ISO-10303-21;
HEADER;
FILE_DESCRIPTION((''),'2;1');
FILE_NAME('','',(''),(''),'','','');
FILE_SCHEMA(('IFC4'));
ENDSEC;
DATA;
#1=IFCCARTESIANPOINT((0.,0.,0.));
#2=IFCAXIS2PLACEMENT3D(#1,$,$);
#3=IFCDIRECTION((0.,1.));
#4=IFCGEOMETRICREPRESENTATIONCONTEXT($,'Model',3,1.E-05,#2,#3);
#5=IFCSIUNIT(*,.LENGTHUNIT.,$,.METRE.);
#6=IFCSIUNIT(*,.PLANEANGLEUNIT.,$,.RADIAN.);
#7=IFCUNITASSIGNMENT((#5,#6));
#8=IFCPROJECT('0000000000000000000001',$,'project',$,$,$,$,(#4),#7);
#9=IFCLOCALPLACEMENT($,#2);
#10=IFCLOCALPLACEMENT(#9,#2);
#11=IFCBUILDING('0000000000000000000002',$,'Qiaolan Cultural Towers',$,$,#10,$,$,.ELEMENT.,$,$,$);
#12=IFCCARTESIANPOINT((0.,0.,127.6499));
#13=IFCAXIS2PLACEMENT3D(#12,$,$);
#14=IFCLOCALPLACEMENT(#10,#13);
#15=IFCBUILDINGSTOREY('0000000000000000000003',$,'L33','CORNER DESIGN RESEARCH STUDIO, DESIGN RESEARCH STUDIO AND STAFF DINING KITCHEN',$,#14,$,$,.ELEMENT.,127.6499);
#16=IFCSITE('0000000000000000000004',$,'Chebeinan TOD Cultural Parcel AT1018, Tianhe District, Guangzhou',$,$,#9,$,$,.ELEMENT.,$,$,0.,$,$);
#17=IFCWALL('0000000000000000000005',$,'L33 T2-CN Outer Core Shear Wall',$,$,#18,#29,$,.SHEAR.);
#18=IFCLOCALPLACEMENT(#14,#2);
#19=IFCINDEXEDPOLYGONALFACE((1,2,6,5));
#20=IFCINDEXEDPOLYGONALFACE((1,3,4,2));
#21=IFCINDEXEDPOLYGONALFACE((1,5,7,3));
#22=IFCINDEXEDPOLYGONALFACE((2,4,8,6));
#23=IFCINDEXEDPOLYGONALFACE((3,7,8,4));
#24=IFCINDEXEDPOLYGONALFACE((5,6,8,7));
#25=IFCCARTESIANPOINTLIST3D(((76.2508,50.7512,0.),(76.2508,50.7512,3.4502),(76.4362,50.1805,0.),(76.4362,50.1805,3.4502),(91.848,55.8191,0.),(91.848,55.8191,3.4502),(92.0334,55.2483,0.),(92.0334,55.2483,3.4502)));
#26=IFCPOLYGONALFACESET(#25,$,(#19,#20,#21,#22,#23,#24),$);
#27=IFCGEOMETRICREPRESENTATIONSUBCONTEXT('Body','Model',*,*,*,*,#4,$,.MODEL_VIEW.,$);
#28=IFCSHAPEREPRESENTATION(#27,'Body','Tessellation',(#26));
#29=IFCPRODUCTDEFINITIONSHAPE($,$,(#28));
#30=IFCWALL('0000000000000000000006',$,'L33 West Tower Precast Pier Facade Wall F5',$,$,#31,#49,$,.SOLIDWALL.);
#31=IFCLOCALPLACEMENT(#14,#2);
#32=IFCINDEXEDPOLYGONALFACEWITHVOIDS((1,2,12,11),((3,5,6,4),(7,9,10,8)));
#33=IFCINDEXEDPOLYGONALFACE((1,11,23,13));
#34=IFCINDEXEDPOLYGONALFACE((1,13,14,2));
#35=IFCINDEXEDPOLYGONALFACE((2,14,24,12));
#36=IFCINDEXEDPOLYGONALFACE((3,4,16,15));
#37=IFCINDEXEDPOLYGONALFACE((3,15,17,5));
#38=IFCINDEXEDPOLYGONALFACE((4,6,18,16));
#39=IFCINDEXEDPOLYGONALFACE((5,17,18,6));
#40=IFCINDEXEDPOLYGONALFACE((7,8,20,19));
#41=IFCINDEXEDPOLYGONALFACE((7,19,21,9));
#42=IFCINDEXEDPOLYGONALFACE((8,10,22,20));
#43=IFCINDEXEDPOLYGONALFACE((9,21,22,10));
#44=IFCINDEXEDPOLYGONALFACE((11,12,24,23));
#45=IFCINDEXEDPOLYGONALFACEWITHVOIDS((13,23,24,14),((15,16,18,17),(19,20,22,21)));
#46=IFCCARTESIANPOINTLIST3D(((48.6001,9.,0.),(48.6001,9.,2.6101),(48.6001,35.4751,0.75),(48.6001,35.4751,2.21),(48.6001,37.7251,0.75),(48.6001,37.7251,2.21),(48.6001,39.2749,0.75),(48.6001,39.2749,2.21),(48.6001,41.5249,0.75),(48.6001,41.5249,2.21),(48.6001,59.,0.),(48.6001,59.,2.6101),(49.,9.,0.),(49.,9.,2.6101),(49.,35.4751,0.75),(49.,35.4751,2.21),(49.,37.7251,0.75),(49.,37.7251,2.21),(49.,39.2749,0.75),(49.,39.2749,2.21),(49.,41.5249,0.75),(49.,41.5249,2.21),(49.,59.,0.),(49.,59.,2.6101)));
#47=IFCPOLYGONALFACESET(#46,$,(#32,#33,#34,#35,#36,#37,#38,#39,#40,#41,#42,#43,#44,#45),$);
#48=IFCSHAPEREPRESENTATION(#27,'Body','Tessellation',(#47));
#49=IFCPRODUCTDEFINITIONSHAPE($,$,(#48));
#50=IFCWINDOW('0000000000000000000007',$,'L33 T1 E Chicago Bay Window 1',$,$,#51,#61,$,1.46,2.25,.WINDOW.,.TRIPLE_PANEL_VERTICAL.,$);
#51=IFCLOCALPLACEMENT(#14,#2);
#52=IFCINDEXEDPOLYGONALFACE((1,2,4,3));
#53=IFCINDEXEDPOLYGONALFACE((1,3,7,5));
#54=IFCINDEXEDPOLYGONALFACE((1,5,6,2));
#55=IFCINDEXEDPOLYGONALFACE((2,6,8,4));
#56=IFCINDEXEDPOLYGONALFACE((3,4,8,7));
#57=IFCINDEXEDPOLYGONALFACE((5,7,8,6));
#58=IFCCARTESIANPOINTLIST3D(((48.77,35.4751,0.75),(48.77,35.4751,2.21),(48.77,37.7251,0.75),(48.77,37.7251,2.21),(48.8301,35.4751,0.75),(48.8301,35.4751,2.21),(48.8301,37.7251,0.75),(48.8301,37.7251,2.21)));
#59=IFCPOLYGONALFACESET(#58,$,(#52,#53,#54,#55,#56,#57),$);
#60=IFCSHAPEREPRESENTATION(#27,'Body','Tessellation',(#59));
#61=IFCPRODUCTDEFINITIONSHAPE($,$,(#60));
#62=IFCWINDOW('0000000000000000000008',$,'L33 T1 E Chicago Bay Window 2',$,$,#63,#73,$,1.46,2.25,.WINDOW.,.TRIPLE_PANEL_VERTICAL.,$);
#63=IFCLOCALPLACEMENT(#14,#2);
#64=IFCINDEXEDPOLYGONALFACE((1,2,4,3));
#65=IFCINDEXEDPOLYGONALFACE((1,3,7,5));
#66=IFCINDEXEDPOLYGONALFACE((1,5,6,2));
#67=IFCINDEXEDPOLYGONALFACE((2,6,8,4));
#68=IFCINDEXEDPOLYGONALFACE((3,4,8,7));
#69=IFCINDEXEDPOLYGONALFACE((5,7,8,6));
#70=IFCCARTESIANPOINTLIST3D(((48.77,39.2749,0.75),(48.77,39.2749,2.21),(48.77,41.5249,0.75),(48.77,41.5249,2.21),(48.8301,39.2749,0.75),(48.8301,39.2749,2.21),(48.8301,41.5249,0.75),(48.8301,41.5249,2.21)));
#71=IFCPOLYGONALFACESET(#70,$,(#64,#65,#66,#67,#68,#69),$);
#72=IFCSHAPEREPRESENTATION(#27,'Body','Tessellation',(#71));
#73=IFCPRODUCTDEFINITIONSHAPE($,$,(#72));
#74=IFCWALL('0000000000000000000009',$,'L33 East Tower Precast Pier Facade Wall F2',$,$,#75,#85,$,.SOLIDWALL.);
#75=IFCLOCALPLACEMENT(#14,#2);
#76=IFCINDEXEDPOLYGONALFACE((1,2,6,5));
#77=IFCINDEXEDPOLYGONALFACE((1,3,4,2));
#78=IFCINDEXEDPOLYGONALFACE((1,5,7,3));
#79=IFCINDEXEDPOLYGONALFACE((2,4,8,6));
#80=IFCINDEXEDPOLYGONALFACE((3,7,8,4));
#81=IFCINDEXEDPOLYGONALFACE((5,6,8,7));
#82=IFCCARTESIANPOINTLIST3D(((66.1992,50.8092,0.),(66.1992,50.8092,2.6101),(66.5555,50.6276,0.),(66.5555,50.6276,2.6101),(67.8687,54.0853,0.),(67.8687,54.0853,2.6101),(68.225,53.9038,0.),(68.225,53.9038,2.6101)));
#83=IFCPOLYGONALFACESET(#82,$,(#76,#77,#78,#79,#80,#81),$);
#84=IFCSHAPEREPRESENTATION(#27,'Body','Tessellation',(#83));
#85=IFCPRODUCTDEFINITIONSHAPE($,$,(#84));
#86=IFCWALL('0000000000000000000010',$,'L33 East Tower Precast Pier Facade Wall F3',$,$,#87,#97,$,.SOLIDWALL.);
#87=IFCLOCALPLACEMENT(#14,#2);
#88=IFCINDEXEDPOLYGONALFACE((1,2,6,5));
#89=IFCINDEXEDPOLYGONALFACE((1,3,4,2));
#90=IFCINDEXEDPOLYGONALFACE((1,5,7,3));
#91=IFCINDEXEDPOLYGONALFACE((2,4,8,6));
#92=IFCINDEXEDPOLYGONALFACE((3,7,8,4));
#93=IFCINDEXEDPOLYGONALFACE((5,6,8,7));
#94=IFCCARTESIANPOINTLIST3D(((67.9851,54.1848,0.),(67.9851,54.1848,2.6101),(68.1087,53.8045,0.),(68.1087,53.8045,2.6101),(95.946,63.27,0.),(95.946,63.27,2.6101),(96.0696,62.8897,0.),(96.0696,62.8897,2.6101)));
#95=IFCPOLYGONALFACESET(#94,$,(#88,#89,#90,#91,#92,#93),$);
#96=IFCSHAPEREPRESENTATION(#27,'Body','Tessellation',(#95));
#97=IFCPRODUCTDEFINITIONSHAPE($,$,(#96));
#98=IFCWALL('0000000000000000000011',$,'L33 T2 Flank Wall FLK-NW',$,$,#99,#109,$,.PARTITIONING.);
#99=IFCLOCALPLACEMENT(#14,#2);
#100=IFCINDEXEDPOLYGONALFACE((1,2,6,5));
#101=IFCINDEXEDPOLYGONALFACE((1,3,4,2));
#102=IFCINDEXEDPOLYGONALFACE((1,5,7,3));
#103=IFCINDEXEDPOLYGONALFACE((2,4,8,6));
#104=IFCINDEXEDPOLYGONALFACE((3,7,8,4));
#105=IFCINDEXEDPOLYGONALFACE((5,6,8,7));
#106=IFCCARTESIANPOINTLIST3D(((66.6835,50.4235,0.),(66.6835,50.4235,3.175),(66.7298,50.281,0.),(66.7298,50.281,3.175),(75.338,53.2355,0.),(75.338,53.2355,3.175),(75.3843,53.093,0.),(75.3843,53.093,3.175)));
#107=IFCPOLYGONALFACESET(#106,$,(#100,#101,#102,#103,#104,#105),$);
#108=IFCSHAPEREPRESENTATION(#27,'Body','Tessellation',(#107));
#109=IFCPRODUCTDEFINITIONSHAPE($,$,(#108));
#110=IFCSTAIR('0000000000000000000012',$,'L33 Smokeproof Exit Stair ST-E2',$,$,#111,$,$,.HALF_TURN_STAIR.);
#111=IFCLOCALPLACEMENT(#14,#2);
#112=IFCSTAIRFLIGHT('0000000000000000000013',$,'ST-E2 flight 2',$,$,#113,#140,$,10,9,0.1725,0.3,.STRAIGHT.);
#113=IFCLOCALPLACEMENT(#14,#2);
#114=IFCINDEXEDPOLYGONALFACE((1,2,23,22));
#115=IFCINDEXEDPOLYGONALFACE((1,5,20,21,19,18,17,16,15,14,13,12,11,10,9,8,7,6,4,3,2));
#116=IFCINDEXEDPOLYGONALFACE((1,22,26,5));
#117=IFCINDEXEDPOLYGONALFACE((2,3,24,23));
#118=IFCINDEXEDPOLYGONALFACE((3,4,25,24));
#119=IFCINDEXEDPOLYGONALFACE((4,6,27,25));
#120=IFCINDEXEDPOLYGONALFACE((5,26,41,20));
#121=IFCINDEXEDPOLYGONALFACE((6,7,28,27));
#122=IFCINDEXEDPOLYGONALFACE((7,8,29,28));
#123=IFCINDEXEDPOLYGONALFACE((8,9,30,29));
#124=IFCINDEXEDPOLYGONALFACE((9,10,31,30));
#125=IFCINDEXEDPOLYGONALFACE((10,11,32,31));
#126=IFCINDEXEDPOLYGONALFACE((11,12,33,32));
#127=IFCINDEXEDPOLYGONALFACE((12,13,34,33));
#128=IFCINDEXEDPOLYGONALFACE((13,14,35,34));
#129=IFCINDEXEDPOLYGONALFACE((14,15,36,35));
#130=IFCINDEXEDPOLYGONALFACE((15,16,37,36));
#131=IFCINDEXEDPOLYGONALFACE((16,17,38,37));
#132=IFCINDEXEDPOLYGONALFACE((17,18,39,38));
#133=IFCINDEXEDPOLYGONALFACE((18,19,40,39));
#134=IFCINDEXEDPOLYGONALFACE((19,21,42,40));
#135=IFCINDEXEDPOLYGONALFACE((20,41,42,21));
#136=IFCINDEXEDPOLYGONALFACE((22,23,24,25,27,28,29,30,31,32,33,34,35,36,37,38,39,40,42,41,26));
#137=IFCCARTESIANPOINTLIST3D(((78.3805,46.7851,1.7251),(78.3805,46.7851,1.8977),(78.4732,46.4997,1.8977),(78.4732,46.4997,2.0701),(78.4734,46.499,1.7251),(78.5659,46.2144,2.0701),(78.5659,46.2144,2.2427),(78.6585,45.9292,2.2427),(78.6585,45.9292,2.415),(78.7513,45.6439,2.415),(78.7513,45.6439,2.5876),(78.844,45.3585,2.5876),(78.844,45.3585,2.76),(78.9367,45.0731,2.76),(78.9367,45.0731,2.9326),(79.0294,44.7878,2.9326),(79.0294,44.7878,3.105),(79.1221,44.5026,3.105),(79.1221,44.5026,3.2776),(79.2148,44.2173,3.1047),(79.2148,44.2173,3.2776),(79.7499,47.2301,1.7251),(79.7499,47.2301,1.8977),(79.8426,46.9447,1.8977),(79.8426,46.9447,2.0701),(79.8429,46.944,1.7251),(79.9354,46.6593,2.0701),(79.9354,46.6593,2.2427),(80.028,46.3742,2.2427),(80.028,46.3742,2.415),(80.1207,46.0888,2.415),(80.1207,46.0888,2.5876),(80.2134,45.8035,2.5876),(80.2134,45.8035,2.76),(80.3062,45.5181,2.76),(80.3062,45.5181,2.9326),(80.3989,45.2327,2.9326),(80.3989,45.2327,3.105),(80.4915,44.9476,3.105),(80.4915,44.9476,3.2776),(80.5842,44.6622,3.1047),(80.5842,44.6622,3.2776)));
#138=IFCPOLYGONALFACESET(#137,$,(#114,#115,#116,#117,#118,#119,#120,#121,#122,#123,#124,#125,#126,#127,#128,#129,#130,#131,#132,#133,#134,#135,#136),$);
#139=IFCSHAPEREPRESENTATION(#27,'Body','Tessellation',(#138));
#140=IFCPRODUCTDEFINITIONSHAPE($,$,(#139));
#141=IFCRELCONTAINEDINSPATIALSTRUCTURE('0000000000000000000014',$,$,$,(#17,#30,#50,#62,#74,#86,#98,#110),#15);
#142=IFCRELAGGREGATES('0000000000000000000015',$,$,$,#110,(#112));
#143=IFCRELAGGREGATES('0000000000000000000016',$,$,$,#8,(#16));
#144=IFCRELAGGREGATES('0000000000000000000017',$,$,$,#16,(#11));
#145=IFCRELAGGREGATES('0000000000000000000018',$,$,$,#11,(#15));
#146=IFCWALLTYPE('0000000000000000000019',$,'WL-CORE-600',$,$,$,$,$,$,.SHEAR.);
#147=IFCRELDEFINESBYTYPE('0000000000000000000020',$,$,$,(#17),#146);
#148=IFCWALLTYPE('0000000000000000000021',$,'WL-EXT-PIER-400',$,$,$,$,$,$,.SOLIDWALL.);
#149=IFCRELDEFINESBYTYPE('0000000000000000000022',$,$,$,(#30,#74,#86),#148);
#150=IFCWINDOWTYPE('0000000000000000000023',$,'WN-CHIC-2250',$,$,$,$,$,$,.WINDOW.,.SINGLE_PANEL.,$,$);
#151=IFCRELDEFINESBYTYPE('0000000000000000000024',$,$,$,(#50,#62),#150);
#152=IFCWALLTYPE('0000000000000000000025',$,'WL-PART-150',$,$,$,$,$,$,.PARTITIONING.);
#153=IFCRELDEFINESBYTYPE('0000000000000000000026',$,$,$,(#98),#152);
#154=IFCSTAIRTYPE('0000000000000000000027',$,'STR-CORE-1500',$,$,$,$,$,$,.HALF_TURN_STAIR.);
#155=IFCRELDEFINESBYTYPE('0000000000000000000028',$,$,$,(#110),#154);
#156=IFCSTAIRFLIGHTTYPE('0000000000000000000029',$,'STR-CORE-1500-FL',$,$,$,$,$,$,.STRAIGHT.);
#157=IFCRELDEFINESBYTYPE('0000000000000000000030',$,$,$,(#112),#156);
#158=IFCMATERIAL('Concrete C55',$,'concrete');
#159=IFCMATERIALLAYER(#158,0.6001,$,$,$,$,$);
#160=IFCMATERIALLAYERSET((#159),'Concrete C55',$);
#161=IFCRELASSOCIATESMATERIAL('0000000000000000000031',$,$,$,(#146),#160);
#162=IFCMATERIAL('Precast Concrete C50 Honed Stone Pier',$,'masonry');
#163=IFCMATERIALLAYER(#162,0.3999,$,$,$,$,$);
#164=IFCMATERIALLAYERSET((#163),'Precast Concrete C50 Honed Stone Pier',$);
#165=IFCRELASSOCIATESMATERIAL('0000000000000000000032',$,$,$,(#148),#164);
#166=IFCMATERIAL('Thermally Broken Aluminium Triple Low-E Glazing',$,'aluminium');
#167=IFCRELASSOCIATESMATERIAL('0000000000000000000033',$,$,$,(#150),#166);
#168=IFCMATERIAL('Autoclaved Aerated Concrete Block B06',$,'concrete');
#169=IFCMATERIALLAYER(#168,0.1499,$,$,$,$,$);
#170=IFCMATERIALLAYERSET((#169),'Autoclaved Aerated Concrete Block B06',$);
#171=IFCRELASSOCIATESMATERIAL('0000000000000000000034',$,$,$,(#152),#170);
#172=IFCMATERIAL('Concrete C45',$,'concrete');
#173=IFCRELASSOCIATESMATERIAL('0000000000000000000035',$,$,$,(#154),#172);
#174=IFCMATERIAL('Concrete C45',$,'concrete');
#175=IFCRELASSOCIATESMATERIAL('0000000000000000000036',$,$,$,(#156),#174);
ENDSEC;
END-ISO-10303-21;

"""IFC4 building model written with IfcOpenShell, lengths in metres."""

from ifc_helpers import new_model, si_unit, direction, frame, frame_2d, origin, place, context, subcontext, project, spatial, polyline, rectangle, outline, extrude, material, layer, layer_set, type_object, element, fill, aggregate, save


model = new_model("IFC4")

# Units and contexts
model_context = context("Model", 3, precision=1e-05, world=origin(), true_north=direction((0.0, 1.0)))
body_context = subcontext(model_context, "Body", "Model", "MODEL_VIEW")
ifc_project = project(units=[si_unit("LENGTHUNIT", "METRE"), si_unit("PLANEANGLEUNIT", "RADIAN")], contexts=[model_context])

# Site, building, storey
site_placement = place(None, origin())
site = spatial("IfcSite", under=ifc_project, at=site_placement, Name="Chebeinan TOD Cultural Parcel AT1018, Tianhe District, Guangzhou", CompositionType="ELEMENT", RefElevation=0.0)
building_placement = place(site_placement, origin())
building = spatial("IfcBuilding", under=site, at=building_placement, Name="Qiaolan Cultural Towers", CompositionType="ELEMENT")
storey_placement = place(building_placement, frame((0.0, 0.0, 127.6499)))
storey = spatial("IfcBuildingStorey", under=building, at=storey_placement, Name="L33", Description="CORNER DESIGN RESEARCH STUDIO, DESIGN RESEARCH STUDIO AND STAFF DINING KITCHEN", CompositionType="ELEMENT", Elevation=127.6499)

# Wall
ifc_material_1 = material(Name="Concrete C55", Category="concrete")
ifc_layer_1 = layer(ifc_material_1, 0.6001)
ifc_layer_set_1 = layer_set([ifc_layer_1], Name="Concrete C55")
wall_type_1 = type_object("IfcWallType", Name="WL-CORE-600", PredefinedType="SHEAR", material=ifc_layer_set_1)
wall_1_placement = place(storey_placement, frame((76.3435, 50.4658, 0.0), z_axis=(0.0, 0.0, 1.0), x_axis=(0.951056, 0.309019, 0.0)))
element("IfcWall", 1, at=wall_1_placement, inside=storey, type_object=wall_type_1, Name="L33 T2-CN Outer Core Shear Wall", PredefinedType="SHEAR", context=body_context, shape_type="SweptSolid", body=[
    extrude(rectangle(XDim=16.3999, YDim=0.6001, at=frame_2d((8.2, 0.0))), origin(), (0.0, 0.0, 1.0), 3.4502),
])

# Wall, openings, windows
ifc_material_2 = material(Name="Precast Concrete C50 Honed Stone Pier", Category="masonry")
ifc_layer_2 = layer(ifc_material_2, 0.3999)
ifc_layer_set_2 = layer_set([ifc_layer_2], Name="Precast Concrete C50 Honed Stone Pier")
wall_type_2 = type_object("IfcWallType", Name="WL-EXT-PIER-400", PredefinedType="SOLIDWALL", material=ifc_layer_set_2)
wall_2_placement = place(storey_placement, frame((48.8, 59.0, 0.0), z_axis=(0.0, 0.0, 1.0), x_axis=(0.0, -1.0, 0.0)))
wall_2 = element("IfcWall", 2, at=wall_2_placement, inside=storey, type_object=wall_type_2, Name="L33 West Tower Precast Pier Facade Wall F5", PredefinedType="SOLIDWALL", context=body_context, shape_type="SweptSolid", body=[
    extrude(rectangle(XDim=50.0, YDim=0.3999, at=frame_2d((25.0, 0.0))), origin(), (0.0, 0.0, 1.0), 2.6101),
])
opening_1_placement = place(wall_2_placement, frame((21.2749, 0.0, 0.75)))
opening_1 = element("IfcOpeningElement", 3, at=opening_1_placement, cuts=wall_2, PredefinedType="OPENING", context=body_context, shape_type="SweptSolid", body=[
    extrude(rectangle(XDim=2.25, YDim=1.46, at=frame_2d((1.125, 0.73))), frame((0.0, 0.21, 0.0), z_axis=(0.0, -1.0, 0.0), x_axis=(1.0, 0.0, 0.0)), (0.0, 0.0, 1.0), 0.4199),
])
opening_2_placement = place(wall_2_placement, frame((17.4751, 0.0, 0.75)))
opening_2 = element("IfcOpeningElement", 4, at=opening_2_placement, cuts=wall_2, PredefinedType="OPENING", context=body_context, shape_type="SweptSolid", body=[
    extrude(rectangle(XDim=2.25, YDim=1.46, at=frame_2d((1.125, 0.73))), frame((0.0, 0.21, 0.0), z_axis=(0.0, -1.0, 0.0), x_axis=(1.0, 0.0, 0.0)), (0.0, 0.0, 1.0), 0.4199),
])
ifc_material_3 = material(Name="Thermally Broken Aluminium Triple Low-E Glazing", Category="aluminium")
window_type = type_object("IfcWindowType", Name="WN-CHIC-2250", PartitioningType="SINGLE_PANEL", PredefinedType="WINDOW", material=ifc_material_3)
window_1_placement = place(opening_1_placement, origin())
window_1 = element("IfcWindow", 5, at=window_1_placement, inside=storey, type_object=window_type, Name="L33 T1 E Chicago Bay Window 1", OverallHeight=1.46, OverallWidth=2.25, PartitioningType="TRIPLE_PANEL_VERTICAL", PredefinedType="WINDOW", context=body_context, shape_type="SweptSolid", body=[
    extrude(rectangle(XDim=2.25, YDim=1.46, at=frame_2d((1.125, 0.73))), frame((0.0, 0.03, 0.0), z_axis=(0.0, -1.0, 0.0), x_axis=(1.0, 0.0, 0.0)), (0.0, 0.0, 1.0), 0.0601),
])
fill(opening_1, window_1)
window_2_placement = place(opening_2_placement, origin())
window_2 = element("IfcWindow", 6, at=window_2_placement, inside=storey, type_object=window_type, Name="L33 T1 E Chicago Bay Window 2", OverallHeight=1.46, OverallWidth=2.25, PartitioningType="TRIPLE_PANEL_VERTICAL", PredefinedType="WINDOW", context=body_context, shape_type="SweptSolid", body=[
    extrude(rectangle(XDim=2.25, YDim=1.46, at=frame_2d((1.125, 0.73))), frame((0.0, 0.03, 0.0), z_axis=(0.0, -1.0, 0.0), x_axis=(1.0, 0.0, 0.0)), (0.0, 0.0, 1.0), 0.0601),
])
fill(opening_2, window_2)

# Walls
wall_3_placement = place(storey_placement, frame((66.3774, 50.7185, 0.0), z_axis=(0.0, 0.0, 1.0), x_axis=(0.454026, 0.890988, 0.0)))
element("IfcWall", 7, at=wall_3_placement, inside=storey, type_object=wall_type_2, Name="L33 East Tower Precast Pier Facade Wall F2", PredefinedType="SOLIDWALL", context=body_context, shape_type="SweptSolid", body=[
    extrude(rectangle(XDim=3.677, YDim=0.3999, at=frame_2d((1.8384, 0.0))), origin(), (0.0, 0.0, 1.0), 2.6101),
])
wall_4_placement = place(storey_placement, frame((68.0469, 53.9946, 0.0), z_axis=(0.0, 0.0, 1.0), x_axis=(0.951055, 0.309021, 0.0)))
element("IfcWall", 8, at=wall_4_placement, inside=storey, type_object=wall_type_2, Name="L33 East Tower Precast Pier Facade Wall F3", PredefinedType="SOLIDWALL", context=body_context, shape_type="SweptSolid", body=[
    extrude(rectangle(XDim=29.3999, YDim=0.3999, at=frame_2d((14.7, 0.0))), origin(), (0.0, 0.0, 1.0), 2.6101),
])
ifc_material_4 = material(Name="Autoclaved Aerated Concrete Block B06", Category="concrete")
ifc_layer_3 = layer(ifc_material_4, 0.1499)
ifc_layer_set_3 = layer_set([ifc_layer_3], Name="Autoclaved Aerated Concrete Block B06")
wall_type_3 = type_object("IfcWallType", Name="WL-PART-150", PredefinedType="PARTITIONING", material=ifc_layer_set_3)
wall_5_placement = place(storey_placement, frame((66.7068, 50.3523, 0.0), z_axis=(0.0, 0.0, 1.0), x_axis=(0.951057, 0.309015, 0.0)))
element("IfcWall", 9, at=wall_5_placement, inside=storey, type_object=wall_type_3, Name="L33 T2 Flank Wall FLK-NW", PredefinedType="PARTITIONING", context=body_context, shape_type="SweptSolid", body=[
    extrude(rectangle(XDim=9.0999, YDim=0.1499, at=frame_2d((4.5498, 0.0))), origin(), (0.0, 0.0, 1.0), 3.175),
])

# Stair, stair flight
ifc_material_5 = material(Name="Concrete C45", Category="concrete")
stair_type = type_object("IfcStairType", Name="STR-CORE-1500", PredefinedType="HALF_TURN_STAIR", material=ifc_material_5)
stair_placement = place(storey_placement, origin())
stair = element("IfcStair", 10, at=stair_placement, inside=storey, type_object=stair_type, Name="L33 Smokeproof Exit Stair ST-E2", PredefinedType="HALF_TURN_STAIR")
ifc_material_6 = material(Name="Concrete C45", Category="concrete")
stair_flight_type = type_object("IfcStairFlightType", Name="STR-CORE-1500-FL", PredefinedType="STRAIGHT", material=ifc_material_6)
stair_flight_placement = place(storey_placement, frame((79.0652, 47.0076, 1.7251), z_axis=(0.0, 0.0, 1.0), x_axis=(0.309017, -0.951057, 0.0)))
stair_flight = element("IfcStairFlight", 11, at=stair_flight_placement, type_object=stair_flight_type, Name="ST-E2 flight 2", NumberOfRisers=10, NumberOfTreads=9, PredefinedType="STRAIGHT", RiserHeight=0.1725, TreadLength=0.3, context=body_context, shape_type="SweptSolid", body=[
    extrude(outline(polyline([(0.0, 0.0), (0.0, 0.1726), (0.3, 0.1726), (0.3, 0.345), (0.6001, 0.345), (0.6001, 0.5176), (0.8999, 0.5176), (0.8999, 0.6899), (1.2, 0.6899), (1.2, 0.8625), (1.5, 0.8625), (1.5, 1.0349), (1.8, 1.0349), (1.8, 1.2075), (2.1001, 1.2075), (2.1001, 1.3799), (2.3999, 1.3799), (2.3999, 1.5525), (2.7, 1.5525), (2.7, 1.7251), (2.7, 1.3796), (0.3008, 0.0), (0.0, 0.0)])), frame((0.0, 0.72, 0.0), z_axis=(0.0, -1.0, 0.0), x_axis=(1.0, 0.0, 0.0)), (0.0, 0.0, 1.0), 1.4399),
])
aggregate(stair, [stair_flight])

save(model, "model.ifc")
